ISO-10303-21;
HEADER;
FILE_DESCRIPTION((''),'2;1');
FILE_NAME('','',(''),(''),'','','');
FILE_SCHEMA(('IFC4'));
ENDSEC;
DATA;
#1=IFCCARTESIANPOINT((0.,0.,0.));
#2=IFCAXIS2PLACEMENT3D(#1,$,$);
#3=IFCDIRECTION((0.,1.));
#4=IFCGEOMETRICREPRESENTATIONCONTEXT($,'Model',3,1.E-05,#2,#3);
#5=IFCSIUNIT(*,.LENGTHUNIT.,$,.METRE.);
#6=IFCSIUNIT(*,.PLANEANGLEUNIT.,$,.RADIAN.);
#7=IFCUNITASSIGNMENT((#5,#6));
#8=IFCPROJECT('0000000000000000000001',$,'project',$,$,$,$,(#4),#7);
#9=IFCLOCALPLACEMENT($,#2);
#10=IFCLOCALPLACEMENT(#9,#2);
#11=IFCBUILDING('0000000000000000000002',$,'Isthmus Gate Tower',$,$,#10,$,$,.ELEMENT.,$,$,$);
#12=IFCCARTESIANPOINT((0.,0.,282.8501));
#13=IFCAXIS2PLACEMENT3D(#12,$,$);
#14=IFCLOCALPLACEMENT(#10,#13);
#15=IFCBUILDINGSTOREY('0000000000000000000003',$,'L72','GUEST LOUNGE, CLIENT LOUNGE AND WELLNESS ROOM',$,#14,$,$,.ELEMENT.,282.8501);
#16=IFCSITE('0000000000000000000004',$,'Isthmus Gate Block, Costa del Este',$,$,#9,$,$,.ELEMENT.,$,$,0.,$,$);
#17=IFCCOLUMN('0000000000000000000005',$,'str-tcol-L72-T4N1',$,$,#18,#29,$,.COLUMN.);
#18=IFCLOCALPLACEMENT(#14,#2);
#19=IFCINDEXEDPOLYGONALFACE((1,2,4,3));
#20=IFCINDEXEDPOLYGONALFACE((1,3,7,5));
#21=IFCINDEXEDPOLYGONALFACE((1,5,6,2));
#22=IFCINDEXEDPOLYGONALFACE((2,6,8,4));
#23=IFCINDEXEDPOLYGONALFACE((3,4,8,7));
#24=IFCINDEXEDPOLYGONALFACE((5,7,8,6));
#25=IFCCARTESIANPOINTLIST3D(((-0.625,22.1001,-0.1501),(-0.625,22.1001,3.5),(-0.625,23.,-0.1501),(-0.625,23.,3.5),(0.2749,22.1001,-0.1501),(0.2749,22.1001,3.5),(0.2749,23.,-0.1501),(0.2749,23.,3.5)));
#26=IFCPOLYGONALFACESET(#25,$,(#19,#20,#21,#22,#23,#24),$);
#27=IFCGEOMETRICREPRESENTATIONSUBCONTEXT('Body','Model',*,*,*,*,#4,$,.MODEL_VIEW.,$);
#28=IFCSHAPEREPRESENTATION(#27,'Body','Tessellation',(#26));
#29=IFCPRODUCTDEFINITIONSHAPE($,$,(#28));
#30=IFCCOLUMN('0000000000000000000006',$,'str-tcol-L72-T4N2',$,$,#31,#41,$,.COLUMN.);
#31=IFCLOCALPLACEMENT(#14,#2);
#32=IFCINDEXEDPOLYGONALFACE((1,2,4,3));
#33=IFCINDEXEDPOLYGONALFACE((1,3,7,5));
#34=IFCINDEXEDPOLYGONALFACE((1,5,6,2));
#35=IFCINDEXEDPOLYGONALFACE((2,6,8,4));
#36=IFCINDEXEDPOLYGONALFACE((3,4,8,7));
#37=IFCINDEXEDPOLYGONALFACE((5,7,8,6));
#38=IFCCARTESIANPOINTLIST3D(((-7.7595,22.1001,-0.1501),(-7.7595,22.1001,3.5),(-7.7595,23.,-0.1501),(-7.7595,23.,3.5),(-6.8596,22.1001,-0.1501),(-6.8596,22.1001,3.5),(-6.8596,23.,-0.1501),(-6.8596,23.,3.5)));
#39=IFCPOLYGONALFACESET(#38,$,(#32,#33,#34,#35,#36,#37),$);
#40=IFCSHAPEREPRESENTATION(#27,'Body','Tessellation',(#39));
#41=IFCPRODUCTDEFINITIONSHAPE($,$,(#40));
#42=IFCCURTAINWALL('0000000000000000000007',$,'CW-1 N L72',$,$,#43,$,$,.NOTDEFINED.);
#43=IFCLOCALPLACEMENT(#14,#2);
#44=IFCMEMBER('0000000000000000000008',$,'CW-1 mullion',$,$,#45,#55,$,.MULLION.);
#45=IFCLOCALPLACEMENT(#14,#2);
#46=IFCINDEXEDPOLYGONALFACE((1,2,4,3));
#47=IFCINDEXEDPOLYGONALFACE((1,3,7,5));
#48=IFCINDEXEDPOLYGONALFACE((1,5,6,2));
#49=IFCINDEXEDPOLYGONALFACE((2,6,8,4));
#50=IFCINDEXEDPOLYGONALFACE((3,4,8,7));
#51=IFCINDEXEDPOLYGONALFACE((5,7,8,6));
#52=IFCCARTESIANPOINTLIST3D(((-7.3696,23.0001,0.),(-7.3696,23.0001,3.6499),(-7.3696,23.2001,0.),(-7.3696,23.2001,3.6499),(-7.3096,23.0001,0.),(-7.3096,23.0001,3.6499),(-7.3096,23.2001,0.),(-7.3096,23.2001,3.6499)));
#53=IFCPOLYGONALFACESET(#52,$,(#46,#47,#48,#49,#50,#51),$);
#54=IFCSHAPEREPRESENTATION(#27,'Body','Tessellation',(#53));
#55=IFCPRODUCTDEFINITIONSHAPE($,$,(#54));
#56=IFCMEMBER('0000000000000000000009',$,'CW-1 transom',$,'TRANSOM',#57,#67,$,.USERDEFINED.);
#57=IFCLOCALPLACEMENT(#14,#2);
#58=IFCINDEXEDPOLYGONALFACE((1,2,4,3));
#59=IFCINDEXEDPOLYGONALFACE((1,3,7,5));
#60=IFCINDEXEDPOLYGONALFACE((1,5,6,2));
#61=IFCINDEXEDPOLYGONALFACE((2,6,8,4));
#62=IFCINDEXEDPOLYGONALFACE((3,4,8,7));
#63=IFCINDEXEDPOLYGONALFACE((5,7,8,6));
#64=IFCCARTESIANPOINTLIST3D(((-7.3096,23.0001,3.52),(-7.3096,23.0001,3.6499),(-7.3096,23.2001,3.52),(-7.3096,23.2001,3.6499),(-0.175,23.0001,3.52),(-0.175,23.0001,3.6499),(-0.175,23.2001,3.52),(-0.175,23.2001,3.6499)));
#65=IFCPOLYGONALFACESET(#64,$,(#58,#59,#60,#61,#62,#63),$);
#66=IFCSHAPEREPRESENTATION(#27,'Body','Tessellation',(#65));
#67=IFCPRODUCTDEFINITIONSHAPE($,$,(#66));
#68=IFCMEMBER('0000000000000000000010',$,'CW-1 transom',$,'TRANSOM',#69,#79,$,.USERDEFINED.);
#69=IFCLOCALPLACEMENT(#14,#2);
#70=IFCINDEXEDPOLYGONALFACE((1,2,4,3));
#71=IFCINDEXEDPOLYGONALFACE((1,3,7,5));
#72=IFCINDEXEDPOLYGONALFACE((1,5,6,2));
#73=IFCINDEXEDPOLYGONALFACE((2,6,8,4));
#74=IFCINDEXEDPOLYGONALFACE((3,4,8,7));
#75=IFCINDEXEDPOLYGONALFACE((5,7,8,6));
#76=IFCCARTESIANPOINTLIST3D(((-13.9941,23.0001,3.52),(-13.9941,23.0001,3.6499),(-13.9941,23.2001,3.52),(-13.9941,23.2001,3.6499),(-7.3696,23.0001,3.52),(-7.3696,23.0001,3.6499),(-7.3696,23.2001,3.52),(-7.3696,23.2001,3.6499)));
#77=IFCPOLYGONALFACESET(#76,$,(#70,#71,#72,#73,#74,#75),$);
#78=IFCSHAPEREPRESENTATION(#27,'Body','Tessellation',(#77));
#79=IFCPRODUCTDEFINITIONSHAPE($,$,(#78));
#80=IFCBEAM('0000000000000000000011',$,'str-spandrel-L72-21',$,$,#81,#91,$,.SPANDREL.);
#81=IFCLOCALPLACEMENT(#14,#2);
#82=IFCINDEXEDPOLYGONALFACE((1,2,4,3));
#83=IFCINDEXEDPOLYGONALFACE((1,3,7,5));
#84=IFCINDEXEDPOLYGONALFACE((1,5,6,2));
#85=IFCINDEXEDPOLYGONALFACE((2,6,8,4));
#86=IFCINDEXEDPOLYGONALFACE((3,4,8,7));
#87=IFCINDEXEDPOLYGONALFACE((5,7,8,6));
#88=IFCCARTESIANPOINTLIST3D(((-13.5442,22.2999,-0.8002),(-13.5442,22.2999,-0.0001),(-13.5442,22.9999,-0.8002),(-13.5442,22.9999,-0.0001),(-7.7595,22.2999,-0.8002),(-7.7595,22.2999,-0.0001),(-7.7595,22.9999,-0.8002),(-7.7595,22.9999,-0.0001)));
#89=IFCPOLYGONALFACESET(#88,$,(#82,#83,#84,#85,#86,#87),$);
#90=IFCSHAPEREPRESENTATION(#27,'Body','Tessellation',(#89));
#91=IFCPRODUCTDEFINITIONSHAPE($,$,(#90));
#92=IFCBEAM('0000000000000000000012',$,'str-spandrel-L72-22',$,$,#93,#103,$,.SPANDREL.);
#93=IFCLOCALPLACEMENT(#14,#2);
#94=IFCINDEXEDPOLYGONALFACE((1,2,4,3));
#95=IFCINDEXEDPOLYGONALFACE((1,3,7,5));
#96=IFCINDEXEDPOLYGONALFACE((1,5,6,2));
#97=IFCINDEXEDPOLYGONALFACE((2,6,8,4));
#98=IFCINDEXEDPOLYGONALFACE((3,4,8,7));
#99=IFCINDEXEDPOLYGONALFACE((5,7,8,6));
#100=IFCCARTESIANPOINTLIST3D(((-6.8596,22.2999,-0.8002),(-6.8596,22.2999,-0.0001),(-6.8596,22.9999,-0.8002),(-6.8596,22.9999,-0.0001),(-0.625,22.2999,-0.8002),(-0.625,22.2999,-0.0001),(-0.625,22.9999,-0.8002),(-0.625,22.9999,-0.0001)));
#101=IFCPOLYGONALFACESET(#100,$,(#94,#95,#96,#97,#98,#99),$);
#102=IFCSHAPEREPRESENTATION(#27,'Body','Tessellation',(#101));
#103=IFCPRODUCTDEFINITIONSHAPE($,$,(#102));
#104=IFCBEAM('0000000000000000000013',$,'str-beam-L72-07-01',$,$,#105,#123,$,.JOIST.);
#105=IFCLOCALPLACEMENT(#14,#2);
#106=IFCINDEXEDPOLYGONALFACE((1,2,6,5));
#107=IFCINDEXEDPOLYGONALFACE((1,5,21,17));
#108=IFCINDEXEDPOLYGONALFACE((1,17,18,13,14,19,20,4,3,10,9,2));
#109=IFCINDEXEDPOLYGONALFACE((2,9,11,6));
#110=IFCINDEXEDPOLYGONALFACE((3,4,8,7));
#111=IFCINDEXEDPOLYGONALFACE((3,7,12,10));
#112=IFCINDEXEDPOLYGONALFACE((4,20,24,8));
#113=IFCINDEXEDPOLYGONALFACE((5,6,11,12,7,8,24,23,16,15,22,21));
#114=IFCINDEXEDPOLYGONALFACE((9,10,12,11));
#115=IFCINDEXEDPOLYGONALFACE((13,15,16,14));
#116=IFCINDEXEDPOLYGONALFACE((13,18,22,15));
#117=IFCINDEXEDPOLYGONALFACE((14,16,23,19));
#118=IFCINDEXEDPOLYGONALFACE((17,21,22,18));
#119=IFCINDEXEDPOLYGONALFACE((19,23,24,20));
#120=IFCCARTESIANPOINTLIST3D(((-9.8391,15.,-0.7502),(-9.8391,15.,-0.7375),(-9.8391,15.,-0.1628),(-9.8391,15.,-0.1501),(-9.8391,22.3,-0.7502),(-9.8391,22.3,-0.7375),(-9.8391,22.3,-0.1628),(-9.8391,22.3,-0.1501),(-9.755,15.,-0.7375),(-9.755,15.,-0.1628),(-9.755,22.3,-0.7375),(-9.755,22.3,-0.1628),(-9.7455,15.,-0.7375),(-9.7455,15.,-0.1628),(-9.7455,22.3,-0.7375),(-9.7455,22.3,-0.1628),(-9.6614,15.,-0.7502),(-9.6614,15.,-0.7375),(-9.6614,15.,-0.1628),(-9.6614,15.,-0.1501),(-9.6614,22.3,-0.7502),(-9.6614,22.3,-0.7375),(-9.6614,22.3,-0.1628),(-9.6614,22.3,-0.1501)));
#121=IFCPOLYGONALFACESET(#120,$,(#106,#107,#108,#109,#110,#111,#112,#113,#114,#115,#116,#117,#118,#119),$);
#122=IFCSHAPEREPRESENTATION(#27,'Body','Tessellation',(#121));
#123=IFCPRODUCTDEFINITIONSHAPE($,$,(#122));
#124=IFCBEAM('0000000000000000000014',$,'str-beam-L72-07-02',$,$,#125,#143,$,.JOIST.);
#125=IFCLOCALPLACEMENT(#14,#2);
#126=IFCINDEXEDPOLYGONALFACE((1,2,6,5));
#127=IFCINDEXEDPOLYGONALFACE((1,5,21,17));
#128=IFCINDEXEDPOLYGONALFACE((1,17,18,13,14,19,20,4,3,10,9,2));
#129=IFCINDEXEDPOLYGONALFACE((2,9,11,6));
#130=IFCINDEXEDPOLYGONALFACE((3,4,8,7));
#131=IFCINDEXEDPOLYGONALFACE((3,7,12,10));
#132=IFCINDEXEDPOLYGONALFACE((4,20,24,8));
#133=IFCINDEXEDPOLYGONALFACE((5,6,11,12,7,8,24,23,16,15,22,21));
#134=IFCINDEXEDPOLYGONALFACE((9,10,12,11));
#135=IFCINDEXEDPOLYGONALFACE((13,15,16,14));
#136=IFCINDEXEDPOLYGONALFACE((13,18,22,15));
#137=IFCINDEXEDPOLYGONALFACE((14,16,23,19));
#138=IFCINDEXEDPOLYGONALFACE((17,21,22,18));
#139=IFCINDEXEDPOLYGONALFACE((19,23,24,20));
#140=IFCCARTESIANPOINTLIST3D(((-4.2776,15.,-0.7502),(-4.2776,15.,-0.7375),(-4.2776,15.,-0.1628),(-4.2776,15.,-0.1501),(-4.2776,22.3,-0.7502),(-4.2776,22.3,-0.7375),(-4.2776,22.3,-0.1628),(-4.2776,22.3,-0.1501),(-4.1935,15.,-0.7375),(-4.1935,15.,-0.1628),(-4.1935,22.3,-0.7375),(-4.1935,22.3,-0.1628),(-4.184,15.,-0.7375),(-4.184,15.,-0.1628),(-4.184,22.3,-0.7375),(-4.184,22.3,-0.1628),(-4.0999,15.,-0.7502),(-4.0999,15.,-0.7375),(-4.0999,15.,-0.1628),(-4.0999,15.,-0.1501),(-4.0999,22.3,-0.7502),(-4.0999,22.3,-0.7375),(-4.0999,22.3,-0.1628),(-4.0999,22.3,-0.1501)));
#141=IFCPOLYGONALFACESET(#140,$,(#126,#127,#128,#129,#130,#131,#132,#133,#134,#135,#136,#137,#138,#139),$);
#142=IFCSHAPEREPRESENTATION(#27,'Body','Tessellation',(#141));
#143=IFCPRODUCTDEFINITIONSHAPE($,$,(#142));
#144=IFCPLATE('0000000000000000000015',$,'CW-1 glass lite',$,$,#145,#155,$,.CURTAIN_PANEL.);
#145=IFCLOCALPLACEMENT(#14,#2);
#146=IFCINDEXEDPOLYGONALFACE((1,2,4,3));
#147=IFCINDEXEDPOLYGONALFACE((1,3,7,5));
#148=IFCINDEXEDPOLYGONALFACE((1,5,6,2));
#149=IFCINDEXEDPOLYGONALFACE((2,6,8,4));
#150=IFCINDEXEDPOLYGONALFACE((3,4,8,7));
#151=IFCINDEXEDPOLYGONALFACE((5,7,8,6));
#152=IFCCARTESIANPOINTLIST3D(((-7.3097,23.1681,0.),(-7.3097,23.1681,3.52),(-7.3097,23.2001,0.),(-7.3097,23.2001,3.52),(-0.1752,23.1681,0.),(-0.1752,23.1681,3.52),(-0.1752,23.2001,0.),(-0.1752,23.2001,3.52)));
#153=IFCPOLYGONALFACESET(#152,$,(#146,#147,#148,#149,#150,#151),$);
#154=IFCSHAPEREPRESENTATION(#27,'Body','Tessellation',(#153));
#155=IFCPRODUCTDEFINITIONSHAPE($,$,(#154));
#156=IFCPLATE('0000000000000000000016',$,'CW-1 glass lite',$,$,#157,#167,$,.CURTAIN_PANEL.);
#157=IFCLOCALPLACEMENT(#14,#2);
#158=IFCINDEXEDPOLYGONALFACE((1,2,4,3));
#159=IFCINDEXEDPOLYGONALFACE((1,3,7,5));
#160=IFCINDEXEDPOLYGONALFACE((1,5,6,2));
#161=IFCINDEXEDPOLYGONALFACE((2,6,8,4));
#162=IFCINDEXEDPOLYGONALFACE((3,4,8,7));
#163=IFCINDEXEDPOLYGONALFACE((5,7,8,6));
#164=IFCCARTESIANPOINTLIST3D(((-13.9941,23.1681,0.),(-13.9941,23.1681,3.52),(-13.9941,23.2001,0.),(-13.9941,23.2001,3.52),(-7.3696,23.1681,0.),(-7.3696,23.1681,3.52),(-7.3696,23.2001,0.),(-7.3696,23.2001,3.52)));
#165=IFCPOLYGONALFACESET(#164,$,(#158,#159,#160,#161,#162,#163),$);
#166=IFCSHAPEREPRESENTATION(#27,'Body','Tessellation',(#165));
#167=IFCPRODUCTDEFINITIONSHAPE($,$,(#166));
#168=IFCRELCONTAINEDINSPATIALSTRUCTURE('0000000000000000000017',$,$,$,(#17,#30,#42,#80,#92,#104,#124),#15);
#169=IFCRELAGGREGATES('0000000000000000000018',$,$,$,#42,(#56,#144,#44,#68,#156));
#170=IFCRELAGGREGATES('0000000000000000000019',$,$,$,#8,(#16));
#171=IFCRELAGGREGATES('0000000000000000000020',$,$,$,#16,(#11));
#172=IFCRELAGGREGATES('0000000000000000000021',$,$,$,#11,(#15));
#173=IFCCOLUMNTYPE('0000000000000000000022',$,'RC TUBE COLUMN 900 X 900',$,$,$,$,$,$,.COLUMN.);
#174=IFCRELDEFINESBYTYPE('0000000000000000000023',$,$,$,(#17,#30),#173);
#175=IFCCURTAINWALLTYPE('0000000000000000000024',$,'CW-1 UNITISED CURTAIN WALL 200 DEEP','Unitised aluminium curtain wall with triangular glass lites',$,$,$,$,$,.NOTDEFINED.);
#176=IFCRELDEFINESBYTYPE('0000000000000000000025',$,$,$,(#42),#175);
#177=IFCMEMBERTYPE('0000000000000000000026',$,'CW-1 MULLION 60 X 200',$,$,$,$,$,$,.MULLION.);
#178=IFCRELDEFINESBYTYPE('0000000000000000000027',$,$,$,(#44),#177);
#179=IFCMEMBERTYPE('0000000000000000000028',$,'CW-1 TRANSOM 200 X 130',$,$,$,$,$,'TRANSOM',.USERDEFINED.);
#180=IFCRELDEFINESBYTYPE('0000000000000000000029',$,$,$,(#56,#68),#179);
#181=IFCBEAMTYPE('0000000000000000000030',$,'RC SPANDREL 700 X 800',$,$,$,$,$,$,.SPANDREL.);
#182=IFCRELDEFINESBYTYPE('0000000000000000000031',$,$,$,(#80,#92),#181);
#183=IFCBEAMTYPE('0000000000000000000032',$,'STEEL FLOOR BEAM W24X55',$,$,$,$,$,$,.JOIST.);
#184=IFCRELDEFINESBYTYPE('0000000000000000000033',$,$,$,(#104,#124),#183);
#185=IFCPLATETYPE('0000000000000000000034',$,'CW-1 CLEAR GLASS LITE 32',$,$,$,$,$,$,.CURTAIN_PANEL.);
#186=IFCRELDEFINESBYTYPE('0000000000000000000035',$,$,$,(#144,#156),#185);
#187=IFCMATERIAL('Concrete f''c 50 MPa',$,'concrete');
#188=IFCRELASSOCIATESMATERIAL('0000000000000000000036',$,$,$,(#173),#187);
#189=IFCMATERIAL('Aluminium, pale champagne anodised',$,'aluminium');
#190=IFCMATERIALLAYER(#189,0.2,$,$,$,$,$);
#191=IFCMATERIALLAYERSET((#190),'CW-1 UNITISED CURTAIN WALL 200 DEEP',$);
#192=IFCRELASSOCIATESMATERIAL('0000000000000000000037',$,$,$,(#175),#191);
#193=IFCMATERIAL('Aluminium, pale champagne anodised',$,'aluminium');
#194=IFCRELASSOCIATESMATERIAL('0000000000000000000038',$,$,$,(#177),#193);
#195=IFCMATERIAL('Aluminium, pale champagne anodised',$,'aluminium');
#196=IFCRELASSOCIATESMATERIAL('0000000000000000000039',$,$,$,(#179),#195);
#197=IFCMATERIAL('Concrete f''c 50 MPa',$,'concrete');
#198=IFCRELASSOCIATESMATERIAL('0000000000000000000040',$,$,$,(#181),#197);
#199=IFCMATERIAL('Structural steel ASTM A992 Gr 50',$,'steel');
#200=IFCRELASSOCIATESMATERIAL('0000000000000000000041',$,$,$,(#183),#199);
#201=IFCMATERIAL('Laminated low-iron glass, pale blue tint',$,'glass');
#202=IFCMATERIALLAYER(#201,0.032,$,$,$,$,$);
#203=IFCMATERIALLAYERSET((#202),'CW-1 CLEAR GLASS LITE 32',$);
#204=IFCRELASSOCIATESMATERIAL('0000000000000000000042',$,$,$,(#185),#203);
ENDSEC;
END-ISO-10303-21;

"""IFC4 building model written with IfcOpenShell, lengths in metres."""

from ifc_helpers import new_model, si_unit, direction, frame, origin, origin_2d, place, context, subcontext, project, spatial, rectangle, i_section, extrude, material, layer, layer_set, material_profile, profile_set, type_object, element, aggregate, save


model = new_model("IFC4")

# Units and contexts
model_context = context("Model", 3, precision=1e-05, world=origin(), true_north=direction((0.0, 1.0)))
body_context = subcontext(model_context, "Body", "Model", "MODEL_VIEW")
ifc_project = project(units=[si_unit("LENGTHUNIT", "METRE"), si_unit("PLANEANGLEUNIT", "RADIAN")], contexts=[model_context])

# Site, building, storey
site_placement = place(None, origin())
site = spatial("IfcSite", under=ifc_project, at=site_placement, Name="Isthmus Gate Block, Costa del Este", CompositionType="ELEMENT", RefElevation=0.0)
building_placement = place(site_placement, origin())
building = spatial("IfcBuilding", under=site, at=building_placement, Name="Isthmus Gate Tower", CompositionType="ELEMENT")
storey_placement = place(building_placement, frame((0.0, 0.0, 282.8501)))
storey = spatial("IfcBuildingStorey", under=building, at=storey_placement, Name="L72", Description="GUEST LOUNGE, CLIENT LOUNGE AND WELLNESS ROOM", CompositionType="ELEMENT", Elevation=282.8501)

# Columns
ifc_material_1 = material(Name="Concrete f'c 50 MPa", Category="concrete")
ifc_material_profile_1 = material_profile(ifc_material_1, rectangle(XDim=0.8999, YDim=0.8999, at=origin_2d()), Name="RC 900X900")
ifc_profile_set_1 = profile_set([ifc_material_profile_1], Name="Concrete f'c 50 MPa")
column_type = type_object("IfcColumnType", Name="RC TUBE COLUMN 900 X 900", PredefinedType="COLUMN", material=ifc_profile_set_1)
for number, where, z_axis, x_axis, name in (
    (1, (-0.175, 22.55, -0.1501), (0.0, 0.0, 1.0), (-1.0, 0.0, 0.0), "str-tcol-L72-T4N1"),
    (2, (-7.3096, 22.55, -0.1501), (0.0, 0.0, 1.0), (-1.0, 0.0, 0.0), "str-tcol-L72-T4N2"),
):
    element("IfcColumn", number, at=place(storey_placement, frame(where, z_axis=z_axis, x_axis=x_axis)), inside=storey, type_object=column_type, Name=name, PredefinedType="COLUMN", context=body_context, shape_type="SweptSolid", body=[
        extrude(rectangle(XDim=0.8999, YDim=0.8999, at=origin_2d()), origin(), (0.0, 0.0, 1.0), 3.6501),
    ])

# Curtain wall, members
ifc_material_2 = material(Name="Aluminium, pale champagne anodised", Category="aluminium")
ifc_layer_1 = layer(ifc_material_2, 0.2)
ifc_layer_set_1 = layer_set([ifc_layer_1], Name="CW-1 UNITISED CURTAIN WALL 200 DEEP")
curtain_wall_type = type_object("IfcCurtainWallType", Name="CW-1 UNITISED CURTAIN WALL 200 DEEP", Description="Unitised aluminium curtain wall with triangular glass lites", PredefinedType="NOTDEFINED", material=ifc_layer_set_1)
curtain_wall_placement = place(storey_placement, origin())
curtain_wall = element("IfcCurtainWall", 3, at=curtain_wall_placement, inside=storey, type_object=curtain_wall_type, Name="CW-1 N L72", PredefinedType="NOTDEFINED")
ifc_material_3 = material(Name="Aluminium, pale champagne anodised", Category="aluminium")
ifc_material_profile_2 = material_profile(ifc_material_3, rectangle(XDim=0.0601, YDim=0.2, at=origin_2d()), Name="60x200")
ifc_profile_set_2 = profile_set([ifc_material_profile_2], Name="Aluminium, pale champagne anodised")
member_type_1 = type_object("IfcMemberType", Name="CW-1 MULLION 60 X 200", PredefinedType="MULLION", material=ifc_profile_set_2)
member_1_placement = place(storey_placement, frame((-7.3396, 23.1001, 0.0), z_axis=(0.0, 0.0, 1.0), x_axis=(-1.0, 0.0, 0.0)))
member_1 = element("IfcMember", 4, at=member_1_placement, type_object=member_type_1, Name="CW-1 mullion", PredefinedType="MULLION", context=body_context, shape_type="SweptSolid", body=[
    extrude(rectangle(XDim=0.0601, YDim=0.2, at=origin_2d()), origin(), (0.0, 0.0, 1.0), 3.6499),
])
ifc_material_4 = material(Name="Aluminium, pale champagne anodised", Category="aluminium")
ifc_material_profile_3 = material_profile(ifc_material_4, rectangle(XDim=0.2, YDim=0.1299, at=origin_2d()), Name="200x130")
ifc_profile_set_3 = profile_set([ifc_material_profile_3], Name="Aluminium, pale champagne anodised")
member_type_2 = type_object("IfcMemberType", Name="CW-1 TRANSOM 200 X 130", ElementType="TRANSOM", PredefinedType="USERDEFINED", material=ifc_profile_set_3)
member_2_placement = place(storey_placement, frame((-0.175, 23.1001, 3.585), z_axis=(-1.0, 0.0, 0.0), x_axis=(0.0, -1.0, 0.0)))
member_2 = element("IfcMember", 5, at=member_2_placement, type_object=member_type_2, Name="CW-1 transom", ObjectType="TRANSOM", PredefinedType="USERDEFINED", context=body_context, shape_type="SweptSolid", body=[
    extrude(rectangle(XDim=0.2, YDim=0.1299, at=origin_2d()), origin(), (0.0, 0.0, 1.0), 7.1345),
])
member_3_placement = place(storey_placement, frame((-7.3696, 23.1001, 3.585), z_axis=(-1.0, 0.0, 0.0), x_axis=(0.0, -1.0, 0.0)))
member_3 = element("IfcMember", 6, at=member_3_placement, type_object=member_type_2, Name="CW-1 transom", ObjectType="TRANSOM", PredefinedType="USERDEFINED", context=body_context, shape_type="SweptSolid", body=[
    extrude(rectangle(XDim=0.2, YDim=0.1299, at=origin_2d()), origin(), (0.0, 0.0, 1.0), 6.6245),
])

# Beams
ifc_material_5 = material(Name="Concrete f'c 50 MPa", Category="concrete")
ifc_material_profile_4 = material_profile(ifc_material_5, rectangle(XDim=0.7, YDim=0.8, at=origin_2d()), Name="RC 700X800")
ifc_profile_set_4 = profile_set([ifc_material_profile_4], Name="Concrete f'c 50 MPa")
beam_type_1 = type_object("IfcBeamType", Name="RC SPANDREL 700 X 800", PredefinedType="SPANDREL", material=ifc_profile_set_4)
beam_1_placement = place(storey_placement, frame((-13.5442, 22.6499, -0.4001), z_axis=(1.0, 0.0, 0.0), x_axis=(0.0, 1.0, 0.0)))
element("IfcBeam", 7, at=beam_1_placement, inside=storey, type_object=beam_type_1, Name="str-spandrel-L72-21", PredefinedType="SPANDREL", context=body_context, shape_type="SweptSolid", body=[
    extrude(rectangle(XDim=0.7, YDim=0.8, at=origin_2d()), origin(), (0.0, 0.0, 1.0), 5.7847),
])
beam_2_placement = place(storey_placement, frame((-6.8596, 22.6499, -0.4001), z_axis=(1.0, 0.0, 0.0), x_axis=(0.0, 1.0, 0.0)))
element("IfcBeam", 8, at=beam_2_placement, inside=storey, type_object=beam_type_1, Name="str-spandrel-L72-22", PredefinedType="SPANDREL", context=body_context, shape_type="SweptSolid", body=[
    extrude(rectangle(XDim=0.7, YDim=0.8, at=origin_2d()), origin(), (0.0, 0.0, 1.0), 6.2346),
])
ifc_material_6 = material(Name="Structural steel ASTM A992 Gr 50", Category="steel")
ifc_material_profile_5 = material_profile(ifc_material_6, i_section(OverallWidth=0.1777, OverallDepth=0.6001, WebThickness=0.0095, FlangeThickness=0.0127, at=origin_2d()), Name="W24X55")
ifc_profile_set_5 = profile_set([ifc_material_profile_5], Name="Structural steel ASTM A992 Gr 50")
beam_type_2 = type_object("IfcBeamType", Name="STEEL FLOOR BEAM W24X55", PredefinedType="JOIST", material=ifc_profile_set_5)
for number, where, z_axis, x_axis, name in (
    (9, (-9.7502, 15.0, -0.4502), (0.0, 1.0, 0.0), (-1.0, 0.0, 0.0), "str-beam-L72-07-01"),
    (10, (-4.1887, 15.0, -0.4502), (0.0, 1.0, 0.0), (-1.0, 0.0, 0.0), "str-beam-L72-07-02"),
):
    element("IfcBeam", number, at=place(storey_placement, frame(where, z_axis=z_axis, x_axis=x_axis)), inside=storey, type_object=beam_type_2, Name=name, PredefinedType="JOIST", context=body_context, shape_type="SweptSolid", body=[
        extrude(i_section(OverallWidth=0.1777, OverallDepth=0.6001, WebThickness=0.0095, FlangeThickness=0.0127, at=origin_2d()), origin(), (0.0, 0.0, 1.0), 7.3),
    ])

# Plates
ifc_material_7 = material(Name="Laminated low-iron glass, pale blue tint", Category="glass")
ifc_layer_2 = layer(ifc_material_7, 0.032)
ifc_layer_set_2 = layer_set([ifc_layer_2], Name="CW-1 CLEAR GLASS LITE 32")
plate_type = type_object("IfcPlateType", Name="CW-1 CLEAR GLASS LITE 32", PredefinedType="CURTAIN_PANEL", material=ifc_layer_set_2)
plate_1_placement = place(storey_placement, frame((-3.7424, 23.1841, 0.0), z_axis=(0.0, 0.0, 1.0), x_axis=(-1.0, 0.0, 0.0)))
plate_1 = element("IfcPlate", 11, at=plate_1_placement, type_object=plate_type, Name="CW-1 glass lite", PredefinedType="CURTAIN_PANEL", context=body_context, shape_type="SweptSolid", body=[
    extrude(rectangle(XDim=7.1345, YDim=0.032, at=origin_2d()), origin(), (0.0, 0.0, 1.0), 3.52),
])
plate_2_placement = place(storey_placement, frame((-10.6819, 23.1841, 0.0), z_axis=(0.0, 0.0, 1.0), x_axis=(-1.0, 0.0, 0.0)))
plate_2 = element("IfcPlate", 12, at=plate_2_placement, type_object=plate_type, Name="CW-1 glass lite", PredefinedType="CURTAIN_PANEL", context=body_context, shape_type="SweptSolid", body=[
    extrude(rectangle(XDim=6.6245, YDim=0.032, at=origin_2d()), origin(), (0.0, 0.0, 1.0), 3.52),
])
aggregate(curtain_wall, [member_2, plate_1, member_1, member_3, plate_2])

save(model, "model.ifc")
